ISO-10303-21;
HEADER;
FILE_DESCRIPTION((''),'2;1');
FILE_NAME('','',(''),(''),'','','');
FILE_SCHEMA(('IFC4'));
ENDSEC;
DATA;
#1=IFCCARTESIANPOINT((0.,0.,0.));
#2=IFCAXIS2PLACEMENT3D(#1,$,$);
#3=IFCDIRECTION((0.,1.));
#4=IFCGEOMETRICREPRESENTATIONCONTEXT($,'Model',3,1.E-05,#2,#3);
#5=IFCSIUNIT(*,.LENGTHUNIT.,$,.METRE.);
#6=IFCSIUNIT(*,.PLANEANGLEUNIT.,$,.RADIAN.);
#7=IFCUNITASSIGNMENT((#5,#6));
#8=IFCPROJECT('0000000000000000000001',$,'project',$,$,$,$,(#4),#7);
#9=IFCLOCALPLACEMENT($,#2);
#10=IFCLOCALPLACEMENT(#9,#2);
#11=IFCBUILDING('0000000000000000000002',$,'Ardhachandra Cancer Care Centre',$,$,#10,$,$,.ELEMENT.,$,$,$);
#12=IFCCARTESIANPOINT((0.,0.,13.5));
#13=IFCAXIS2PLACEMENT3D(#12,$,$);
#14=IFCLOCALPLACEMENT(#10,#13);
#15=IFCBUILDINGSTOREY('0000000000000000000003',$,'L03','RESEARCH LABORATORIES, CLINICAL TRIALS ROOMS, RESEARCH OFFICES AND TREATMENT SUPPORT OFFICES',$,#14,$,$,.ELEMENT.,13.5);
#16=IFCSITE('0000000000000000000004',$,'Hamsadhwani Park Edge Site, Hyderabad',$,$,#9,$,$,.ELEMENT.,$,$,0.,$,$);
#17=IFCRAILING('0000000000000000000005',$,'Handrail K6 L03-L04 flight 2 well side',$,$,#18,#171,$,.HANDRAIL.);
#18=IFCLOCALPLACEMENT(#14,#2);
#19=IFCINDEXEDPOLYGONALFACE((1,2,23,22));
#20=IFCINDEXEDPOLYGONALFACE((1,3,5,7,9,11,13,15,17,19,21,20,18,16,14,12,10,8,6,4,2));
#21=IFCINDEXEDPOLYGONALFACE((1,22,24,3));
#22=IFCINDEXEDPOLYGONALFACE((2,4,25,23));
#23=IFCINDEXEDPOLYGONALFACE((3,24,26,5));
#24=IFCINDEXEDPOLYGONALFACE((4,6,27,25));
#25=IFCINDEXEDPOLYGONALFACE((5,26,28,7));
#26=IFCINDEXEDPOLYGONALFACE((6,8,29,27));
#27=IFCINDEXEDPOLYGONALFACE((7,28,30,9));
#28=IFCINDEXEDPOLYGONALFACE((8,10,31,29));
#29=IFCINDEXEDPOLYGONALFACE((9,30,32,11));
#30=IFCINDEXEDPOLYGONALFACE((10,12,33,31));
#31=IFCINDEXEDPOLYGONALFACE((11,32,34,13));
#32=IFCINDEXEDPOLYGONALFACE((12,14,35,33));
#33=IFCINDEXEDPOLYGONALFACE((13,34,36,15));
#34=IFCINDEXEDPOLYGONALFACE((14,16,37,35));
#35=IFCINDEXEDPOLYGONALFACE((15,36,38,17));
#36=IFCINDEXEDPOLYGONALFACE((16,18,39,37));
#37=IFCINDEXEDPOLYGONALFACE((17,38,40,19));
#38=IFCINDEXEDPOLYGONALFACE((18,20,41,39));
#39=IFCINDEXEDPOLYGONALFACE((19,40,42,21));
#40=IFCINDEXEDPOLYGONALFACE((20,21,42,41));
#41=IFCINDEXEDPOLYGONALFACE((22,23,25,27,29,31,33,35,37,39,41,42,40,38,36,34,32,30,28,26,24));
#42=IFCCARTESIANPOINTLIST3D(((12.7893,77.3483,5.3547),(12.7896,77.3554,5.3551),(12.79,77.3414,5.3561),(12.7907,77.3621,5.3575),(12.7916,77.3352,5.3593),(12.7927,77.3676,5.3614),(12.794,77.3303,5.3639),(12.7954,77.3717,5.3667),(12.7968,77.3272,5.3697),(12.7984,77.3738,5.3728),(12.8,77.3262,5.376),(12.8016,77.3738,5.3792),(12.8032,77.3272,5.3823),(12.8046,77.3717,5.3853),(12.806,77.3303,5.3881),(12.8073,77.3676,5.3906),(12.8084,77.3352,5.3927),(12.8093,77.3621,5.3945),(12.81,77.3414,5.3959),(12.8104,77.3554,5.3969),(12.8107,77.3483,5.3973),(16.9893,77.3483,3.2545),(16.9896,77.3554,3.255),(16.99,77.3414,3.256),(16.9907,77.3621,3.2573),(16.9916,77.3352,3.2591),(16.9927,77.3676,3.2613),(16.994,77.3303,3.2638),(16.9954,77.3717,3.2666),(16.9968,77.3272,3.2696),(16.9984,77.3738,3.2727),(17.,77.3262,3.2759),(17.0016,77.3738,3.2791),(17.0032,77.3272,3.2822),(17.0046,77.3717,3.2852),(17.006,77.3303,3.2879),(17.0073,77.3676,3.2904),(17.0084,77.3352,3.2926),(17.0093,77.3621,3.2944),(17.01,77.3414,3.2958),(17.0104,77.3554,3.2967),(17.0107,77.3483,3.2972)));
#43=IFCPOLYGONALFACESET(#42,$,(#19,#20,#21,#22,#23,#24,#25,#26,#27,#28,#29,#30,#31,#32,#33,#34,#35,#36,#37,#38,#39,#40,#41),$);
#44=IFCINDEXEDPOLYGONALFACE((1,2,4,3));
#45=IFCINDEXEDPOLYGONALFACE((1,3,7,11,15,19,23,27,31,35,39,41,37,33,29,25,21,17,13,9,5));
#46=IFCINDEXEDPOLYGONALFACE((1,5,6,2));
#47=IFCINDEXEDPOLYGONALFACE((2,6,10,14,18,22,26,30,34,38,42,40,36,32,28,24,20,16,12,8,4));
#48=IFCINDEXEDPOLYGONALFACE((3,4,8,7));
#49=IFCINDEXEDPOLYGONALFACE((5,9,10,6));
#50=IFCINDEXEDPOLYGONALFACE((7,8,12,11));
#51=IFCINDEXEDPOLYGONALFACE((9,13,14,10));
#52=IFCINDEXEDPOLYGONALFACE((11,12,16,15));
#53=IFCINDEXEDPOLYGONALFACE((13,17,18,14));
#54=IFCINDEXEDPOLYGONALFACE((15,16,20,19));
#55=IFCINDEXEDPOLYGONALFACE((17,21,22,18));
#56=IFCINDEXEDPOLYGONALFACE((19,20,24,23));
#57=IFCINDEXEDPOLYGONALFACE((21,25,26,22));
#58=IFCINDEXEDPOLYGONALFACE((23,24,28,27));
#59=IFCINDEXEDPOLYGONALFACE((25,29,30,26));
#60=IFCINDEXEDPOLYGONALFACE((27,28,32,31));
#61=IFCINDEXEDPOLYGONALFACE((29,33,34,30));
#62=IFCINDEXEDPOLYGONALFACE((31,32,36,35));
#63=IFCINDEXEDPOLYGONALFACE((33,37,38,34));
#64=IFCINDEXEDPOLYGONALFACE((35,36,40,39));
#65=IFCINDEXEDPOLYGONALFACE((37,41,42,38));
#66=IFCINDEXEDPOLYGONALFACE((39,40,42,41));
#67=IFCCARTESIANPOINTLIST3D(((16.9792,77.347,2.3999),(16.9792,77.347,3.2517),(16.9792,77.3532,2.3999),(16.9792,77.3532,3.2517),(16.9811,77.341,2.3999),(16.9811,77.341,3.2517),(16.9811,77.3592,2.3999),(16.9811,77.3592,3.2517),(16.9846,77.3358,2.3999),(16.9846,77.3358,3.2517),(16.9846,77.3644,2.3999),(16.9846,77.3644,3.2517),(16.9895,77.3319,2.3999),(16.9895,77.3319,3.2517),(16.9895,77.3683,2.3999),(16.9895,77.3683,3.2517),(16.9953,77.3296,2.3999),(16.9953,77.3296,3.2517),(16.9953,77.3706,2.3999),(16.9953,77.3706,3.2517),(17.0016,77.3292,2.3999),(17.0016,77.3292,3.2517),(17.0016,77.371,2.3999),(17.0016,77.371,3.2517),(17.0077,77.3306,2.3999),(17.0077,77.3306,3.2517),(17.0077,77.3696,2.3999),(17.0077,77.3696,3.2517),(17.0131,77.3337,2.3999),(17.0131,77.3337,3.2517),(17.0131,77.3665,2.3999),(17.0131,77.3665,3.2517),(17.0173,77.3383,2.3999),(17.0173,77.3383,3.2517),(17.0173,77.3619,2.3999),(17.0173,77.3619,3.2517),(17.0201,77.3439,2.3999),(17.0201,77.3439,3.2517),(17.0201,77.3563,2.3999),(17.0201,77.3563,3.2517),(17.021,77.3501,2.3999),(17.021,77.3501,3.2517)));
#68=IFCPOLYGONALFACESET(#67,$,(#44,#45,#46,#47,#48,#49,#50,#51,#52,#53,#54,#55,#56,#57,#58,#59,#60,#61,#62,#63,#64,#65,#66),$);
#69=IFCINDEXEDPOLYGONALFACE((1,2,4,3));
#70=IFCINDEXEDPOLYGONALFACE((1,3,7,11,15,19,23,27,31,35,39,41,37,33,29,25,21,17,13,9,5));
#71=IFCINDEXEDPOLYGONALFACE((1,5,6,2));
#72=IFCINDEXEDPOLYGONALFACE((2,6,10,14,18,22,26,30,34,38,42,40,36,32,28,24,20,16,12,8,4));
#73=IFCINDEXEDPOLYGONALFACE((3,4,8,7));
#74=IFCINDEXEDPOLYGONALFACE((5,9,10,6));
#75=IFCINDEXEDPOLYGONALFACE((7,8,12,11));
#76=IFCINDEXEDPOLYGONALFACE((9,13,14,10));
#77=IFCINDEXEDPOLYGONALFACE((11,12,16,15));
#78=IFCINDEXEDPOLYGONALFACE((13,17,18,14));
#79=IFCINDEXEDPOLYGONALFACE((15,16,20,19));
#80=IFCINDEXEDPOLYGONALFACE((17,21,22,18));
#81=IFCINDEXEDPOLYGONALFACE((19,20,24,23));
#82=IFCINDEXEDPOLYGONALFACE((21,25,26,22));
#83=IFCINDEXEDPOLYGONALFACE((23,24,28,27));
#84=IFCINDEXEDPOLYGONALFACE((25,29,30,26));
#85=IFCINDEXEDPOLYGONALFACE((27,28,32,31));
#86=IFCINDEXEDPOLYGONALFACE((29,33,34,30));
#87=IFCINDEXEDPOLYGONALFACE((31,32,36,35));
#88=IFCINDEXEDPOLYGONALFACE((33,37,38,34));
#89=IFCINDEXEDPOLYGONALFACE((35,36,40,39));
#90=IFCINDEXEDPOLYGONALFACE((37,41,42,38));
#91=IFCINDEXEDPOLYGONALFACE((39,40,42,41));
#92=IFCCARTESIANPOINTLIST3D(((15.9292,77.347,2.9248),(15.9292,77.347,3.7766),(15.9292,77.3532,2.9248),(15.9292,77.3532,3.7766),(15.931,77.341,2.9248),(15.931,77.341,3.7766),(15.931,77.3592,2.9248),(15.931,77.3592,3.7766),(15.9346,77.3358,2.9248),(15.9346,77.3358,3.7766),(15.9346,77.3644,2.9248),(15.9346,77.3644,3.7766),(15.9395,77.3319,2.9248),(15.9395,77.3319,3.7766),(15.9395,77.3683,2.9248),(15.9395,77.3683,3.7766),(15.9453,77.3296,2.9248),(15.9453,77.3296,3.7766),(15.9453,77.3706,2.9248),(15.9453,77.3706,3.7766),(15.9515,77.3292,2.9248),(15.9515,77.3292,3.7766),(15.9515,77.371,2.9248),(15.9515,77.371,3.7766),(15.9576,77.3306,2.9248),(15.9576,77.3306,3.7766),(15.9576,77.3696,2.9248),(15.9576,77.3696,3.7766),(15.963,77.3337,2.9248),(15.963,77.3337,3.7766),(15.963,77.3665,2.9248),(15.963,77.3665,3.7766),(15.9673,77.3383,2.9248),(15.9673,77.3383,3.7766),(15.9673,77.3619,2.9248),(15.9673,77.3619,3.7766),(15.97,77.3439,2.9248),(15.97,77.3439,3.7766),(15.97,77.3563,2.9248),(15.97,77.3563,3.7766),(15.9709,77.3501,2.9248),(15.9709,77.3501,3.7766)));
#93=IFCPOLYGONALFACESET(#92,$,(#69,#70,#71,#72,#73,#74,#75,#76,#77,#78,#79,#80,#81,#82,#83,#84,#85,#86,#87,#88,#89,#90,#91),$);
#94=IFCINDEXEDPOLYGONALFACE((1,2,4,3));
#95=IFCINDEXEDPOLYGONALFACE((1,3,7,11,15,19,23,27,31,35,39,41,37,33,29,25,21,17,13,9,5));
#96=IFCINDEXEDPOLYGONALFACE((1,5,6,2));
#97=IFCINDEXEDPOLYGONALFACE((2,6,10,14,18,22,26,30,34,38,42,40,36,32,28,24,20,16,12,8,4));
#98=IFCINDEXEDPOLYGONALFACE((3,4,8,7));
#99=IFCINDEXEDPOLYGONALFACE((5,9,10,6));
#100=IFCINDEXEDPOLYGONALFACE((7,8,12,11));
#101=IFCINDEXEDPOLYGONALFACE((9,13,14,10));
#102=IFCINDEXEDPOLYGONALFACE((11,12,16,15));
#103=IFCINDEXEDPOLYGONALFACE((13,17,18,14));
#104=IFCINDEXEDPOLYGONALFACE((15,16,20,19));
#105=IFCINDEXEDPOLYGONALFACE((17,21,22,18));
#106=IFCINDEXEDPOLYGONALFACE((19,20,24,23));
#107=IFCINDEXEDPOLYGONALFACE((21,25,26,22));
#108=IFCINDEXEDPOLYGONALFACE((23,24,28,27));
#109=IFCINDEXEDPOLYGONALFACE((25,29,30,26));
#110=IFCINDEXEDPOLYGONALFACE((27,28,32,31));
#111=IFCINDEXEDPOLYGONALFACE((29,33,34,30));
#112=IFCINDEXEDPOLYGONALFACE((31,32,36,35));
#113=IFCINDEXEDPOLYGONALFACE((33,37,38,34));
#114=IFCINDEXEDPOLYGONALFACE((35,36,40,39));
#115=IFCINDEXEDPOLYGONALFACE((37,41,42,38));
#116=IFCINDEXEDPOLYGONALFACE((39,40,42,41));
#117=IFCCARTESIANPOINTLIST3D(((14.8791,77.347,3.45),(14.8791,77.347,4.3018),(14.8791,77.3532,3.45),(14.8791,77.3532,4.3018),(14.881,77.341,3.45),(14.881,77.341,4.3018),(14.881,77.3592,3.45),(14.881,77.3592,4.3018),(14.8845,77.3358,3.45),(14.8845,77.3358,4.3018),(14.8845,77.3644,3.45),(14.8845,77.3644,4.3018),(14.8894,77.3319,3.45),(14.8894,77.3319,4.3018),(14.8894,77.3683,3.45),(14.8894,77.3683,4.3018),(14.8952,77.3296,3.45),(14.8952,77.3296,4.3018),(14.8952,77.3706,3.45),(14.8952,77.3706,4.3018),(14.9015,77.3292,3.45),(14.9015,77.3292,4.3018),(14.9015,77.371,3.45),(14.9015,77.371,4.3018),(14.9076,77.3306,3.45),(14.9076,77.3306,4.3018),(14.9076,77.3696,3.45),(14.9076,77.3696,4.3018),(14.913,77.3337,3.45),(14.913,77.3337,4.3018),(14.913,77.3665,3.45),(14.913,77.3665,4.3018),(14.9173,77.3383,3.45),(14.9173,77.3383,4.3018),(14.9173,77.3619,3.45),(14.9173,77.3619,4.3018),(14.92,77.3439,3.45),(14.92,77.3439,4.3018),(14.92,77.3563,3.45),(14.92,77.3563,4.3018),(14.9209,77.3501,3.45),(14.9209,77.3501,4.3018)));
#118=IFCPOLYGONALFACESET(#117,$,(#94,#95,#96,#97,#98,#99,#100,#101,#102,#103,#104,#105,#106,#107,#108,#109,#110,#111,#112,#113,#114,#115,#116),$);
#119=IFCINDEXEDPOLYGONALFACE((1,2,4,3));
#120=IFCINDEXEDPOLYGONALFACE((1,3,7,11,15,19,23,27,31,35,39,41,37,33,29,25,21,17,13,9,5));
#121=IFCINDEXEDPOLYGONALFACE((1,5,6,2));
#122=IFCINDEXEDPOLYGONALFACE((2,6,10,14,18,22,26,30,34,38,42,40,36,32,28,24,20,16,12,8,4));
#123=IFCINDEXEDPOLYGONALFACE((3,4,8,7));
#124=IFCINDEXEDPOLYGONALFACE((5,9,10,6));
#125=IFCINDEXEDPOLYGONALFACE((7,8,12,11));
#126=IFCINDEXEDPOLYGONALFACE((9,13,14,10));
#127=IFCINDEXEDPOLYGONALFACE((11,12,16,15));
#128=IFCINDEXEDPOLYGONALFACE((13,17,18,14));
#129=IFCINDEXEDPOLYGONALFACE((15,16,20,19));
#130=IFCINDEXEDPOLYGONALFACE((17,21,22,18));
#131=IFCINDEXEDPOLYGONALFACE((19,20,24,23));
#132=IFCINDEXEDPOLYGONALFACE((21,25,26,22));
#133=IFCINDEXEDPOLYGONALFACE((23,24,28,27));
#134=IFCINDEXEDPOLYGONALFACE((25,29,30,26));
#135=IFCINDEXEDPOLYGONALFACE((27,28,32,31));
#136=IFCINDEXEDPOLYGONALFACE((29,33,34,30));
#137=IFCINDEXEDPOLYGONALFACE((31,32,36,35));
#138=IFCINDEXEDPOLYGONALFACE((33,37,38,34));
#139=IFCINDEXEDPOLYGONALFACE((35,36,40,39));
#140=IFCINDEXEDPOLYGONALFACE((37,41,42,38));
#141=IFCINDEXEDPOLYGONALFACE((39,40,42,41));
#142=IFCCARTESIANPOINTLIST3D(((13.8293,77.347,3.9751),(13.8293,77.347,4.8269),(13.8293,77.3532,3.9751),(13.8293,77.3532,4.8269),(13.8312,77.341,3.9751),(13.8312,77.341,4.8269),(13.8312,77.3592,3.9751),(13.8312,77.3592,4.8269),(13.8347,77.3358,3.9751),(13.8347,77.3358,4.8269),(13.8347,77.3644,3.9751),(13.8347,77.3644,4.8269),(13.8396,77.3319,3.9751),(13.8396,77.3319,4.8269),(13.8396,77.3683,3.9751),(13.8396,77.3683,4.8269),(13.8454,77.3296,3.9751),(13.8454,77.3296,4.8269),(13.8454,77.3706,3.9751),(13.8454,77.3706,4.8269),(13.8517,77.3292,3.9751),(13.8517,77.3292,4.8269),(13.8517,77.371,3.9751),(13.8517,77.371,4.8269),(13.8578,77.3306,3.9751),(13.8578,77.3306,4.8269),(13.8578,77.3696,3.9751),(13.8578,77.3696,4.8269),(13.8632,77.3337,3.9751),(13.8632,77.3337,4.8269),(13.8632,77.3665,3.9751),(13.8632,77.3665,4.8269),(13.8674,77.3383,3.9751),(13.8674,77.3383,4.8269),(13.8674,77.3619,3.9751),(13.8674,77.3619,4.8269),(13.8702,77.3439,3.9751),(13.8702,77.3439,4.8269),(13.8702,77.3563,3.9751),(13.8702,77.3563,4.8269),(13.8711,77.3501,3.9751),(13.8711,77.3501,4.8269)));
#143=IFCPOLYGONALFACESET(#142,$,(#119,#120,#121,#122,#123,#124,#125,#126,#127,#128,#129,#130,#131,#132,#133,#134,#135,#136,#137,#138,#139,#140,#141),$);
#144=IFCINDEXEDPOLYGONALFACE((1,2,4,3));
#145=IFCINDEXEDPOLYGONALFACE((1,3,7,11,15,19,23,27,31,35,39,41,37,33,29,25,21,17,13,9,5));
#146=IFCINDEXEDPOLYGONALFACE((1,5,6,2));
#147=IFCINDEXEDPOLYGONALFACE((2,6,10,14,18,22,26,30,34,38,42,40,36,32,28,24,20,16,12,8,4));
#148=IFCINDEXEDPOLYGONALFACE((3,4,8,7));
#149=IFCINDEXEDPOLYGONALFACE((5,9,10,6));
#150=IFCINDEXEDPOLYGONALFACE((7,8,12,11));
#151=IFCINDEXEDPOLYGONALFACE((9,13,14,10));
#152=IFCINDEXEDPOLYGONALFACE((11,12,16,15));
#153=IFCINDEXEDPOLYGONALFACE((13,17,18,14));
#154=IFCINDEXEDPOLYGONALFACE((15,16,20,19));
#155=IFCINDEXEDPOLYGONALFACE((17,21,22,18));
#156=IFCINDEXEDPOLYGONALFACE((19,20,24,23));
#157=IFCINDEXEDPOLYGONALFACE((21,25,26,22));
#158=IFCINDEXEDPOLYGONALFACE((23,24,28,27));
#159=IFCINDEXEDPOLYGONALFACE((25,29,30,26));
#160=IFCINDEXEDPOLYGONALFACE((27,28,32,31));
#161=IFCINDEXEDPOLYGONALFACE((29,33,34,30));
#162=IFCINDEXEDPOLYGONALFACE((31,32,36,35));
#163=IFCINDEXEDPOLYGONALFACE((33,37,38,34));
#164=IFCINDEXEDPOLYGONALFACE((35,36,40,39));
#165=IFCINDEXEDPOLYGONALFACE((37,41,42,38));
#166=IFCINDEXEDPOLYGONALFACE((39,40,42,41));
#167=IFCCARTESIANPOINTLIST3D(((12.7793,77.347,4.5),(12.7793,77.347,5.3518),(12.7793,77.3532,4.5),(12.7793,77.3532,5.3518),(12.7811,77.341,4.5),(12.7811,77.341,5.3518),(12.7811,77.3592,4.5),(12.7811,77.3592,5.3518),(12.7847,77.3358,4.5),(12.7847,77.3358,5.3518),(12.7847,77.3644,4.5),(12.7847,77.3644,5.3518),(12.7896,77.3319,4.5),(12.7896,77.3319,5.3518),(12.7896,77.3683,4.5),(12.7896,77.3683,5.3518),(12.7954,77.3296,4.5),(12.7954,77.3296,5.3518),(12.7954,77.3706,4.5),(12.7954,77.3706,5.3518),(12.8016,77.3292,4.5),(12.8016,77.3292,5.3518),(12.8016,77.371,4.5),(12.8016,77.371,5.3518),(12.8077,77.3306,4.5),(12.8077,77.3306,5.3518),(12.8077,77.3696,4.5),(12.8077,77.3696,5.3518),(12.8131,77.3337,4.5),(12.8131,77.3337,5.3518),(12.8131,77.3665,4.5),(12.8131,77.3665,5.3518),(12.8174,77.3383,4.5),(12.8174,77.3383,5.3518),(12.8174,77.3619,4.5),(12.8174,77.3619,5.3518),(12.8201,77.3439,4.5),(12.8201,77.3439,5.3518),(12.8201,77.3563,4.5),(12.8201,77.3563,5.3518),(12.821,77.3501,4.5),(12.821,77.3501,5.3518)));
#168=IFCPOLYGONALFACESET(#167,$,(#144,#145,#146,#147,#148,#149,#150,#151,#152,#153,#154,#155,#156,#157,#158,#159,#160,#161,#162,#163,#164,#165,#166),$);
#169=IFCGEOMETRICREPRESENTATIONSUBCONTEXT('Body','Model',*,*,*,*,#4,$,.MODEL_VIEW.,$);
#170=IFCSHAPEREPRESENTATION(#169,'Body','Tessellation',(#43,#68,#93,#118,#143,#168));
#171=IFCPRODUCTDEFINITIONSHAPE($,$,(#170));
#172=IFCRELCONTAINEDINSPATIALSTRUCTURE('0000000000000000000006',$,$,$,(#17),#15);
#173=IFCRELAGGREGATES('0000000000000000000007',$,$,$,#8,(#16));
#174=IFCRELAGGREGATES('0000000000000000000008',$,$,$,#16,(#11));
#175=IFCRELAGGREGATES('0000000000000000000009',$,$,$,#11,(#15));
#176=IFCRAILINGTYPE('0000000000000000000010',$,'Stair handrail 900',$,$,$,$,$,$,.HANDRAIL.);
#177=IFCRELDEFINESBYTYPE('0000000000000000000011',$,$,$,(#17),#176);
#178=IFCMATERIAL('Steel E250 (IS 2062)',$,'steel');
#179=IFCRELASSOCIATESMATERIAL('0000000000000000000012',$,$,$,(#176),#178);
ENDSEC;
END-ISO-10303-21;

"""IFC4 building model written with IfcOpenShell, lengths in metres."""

from ifc_helpers import new_model, si_unit, direction, frame, origin, origin_2d, place, context, subcontext, project, spatial, circle, extrude, material, type_object, element, save


model = new_model("IFC4")

# Units and contexts
model_context = context("Model", 3, precision=1e-05, world=origin(), true_north=direction((0.0, 1.0)))
body_context = subcontext(model_context, "Body", "Model", "MODEL_VIEW")
ifc_project = project(units=[si_unit("LENGTHUNIT", "METRE"), si_unit("PLANEANGLEUNIT", "RADIAN")], contexts=[model_context])

# Site, building, storey
site_placement = place(None, origin())
site = spatial("IfcSite", under=ifc_project, at=site_placement, Name="Hamsadhwani Park Edge Site, Hyderabad", CompositionType="ELEMENT", RefElevation=0.0)
building_placement = place(site_placement, origin())
building = spatial("IfcBuilding", under=site, at=building_placement, Name="Ardhachandra Cancer Care Centre", CompositionType="ELEMENT")
storey_placement = place(building_placement, frame((0.0, 0.0, 13.5)))
storey = spatial("IfcBuildingStorey", under=building, at=storey_placement, Name="L03", Description="RESEARCH LABORATORIES, CLINICAL TRIALS ROOMS, RESEARCH OFFICES AND TREATMENT SUPPORT OFFICES", CompositionType="ELEMENT", Elevation=13.5)

# Railing
ifc_material_1 = material(Name="Steel E250 (IS 2062)", Category="steel")
railing_type = type_object("IfcRailingType", Name="Stair handrail 900", PredefinedType="HANDRAIL", material=ifc_material_1)
for number, where, name in (
    (1, (17.0, 77.3501, 2.3999), "Handrail K6 L03-L04 flight 2 well side"),
):
    element("IfcRailing", number, at=place(storey_placement, frame(where)), inside=storey, type_object=railing_type, Name=name, PredefinedType="HANDRAIL", context=body_context, shape_type="SweptSolid", body=[
        extrude(circle(Radius=0.0239, at=origin_2d()), frame((0.0, 0.0, 0.876), z_axis=(-0.894417, 0.0, 0.447234), x_axis=(0.0, -1.0, 0.0)), (0.0, 0.0, 1.0), 4.6958),
        extrude(circle(Radius=0.021, at=origin_2d()), origin(), (0.0, 0.0, 1.0), 0.8518),
        extrude(circle(Radius=0.021, at=origin_2d()), frame((-1.05, 0.0, 0.5249)), (0.0, 0.0, 1.0), 0.8518),
        extrude(circle(Radius=0.021, at=origin_2d()), frame((-2.1001, 0.0, 1.05)), (0.0, 0.0, 1.0), 0.8518),
        extrude(circle(Radius=0.021, at=origin_2d()), frame((-3.1499, 0.0, 1.5752)), (0.0, 0.0, 1.0), 0.8518),
        extrude(circle(Radius=0.021, at=origin_2d()), frame((-4.2, 0.0, 2.1001)), (0.0, 0.0, 1.0), 0.8518),
    ])

save(model, "model.ifc")
